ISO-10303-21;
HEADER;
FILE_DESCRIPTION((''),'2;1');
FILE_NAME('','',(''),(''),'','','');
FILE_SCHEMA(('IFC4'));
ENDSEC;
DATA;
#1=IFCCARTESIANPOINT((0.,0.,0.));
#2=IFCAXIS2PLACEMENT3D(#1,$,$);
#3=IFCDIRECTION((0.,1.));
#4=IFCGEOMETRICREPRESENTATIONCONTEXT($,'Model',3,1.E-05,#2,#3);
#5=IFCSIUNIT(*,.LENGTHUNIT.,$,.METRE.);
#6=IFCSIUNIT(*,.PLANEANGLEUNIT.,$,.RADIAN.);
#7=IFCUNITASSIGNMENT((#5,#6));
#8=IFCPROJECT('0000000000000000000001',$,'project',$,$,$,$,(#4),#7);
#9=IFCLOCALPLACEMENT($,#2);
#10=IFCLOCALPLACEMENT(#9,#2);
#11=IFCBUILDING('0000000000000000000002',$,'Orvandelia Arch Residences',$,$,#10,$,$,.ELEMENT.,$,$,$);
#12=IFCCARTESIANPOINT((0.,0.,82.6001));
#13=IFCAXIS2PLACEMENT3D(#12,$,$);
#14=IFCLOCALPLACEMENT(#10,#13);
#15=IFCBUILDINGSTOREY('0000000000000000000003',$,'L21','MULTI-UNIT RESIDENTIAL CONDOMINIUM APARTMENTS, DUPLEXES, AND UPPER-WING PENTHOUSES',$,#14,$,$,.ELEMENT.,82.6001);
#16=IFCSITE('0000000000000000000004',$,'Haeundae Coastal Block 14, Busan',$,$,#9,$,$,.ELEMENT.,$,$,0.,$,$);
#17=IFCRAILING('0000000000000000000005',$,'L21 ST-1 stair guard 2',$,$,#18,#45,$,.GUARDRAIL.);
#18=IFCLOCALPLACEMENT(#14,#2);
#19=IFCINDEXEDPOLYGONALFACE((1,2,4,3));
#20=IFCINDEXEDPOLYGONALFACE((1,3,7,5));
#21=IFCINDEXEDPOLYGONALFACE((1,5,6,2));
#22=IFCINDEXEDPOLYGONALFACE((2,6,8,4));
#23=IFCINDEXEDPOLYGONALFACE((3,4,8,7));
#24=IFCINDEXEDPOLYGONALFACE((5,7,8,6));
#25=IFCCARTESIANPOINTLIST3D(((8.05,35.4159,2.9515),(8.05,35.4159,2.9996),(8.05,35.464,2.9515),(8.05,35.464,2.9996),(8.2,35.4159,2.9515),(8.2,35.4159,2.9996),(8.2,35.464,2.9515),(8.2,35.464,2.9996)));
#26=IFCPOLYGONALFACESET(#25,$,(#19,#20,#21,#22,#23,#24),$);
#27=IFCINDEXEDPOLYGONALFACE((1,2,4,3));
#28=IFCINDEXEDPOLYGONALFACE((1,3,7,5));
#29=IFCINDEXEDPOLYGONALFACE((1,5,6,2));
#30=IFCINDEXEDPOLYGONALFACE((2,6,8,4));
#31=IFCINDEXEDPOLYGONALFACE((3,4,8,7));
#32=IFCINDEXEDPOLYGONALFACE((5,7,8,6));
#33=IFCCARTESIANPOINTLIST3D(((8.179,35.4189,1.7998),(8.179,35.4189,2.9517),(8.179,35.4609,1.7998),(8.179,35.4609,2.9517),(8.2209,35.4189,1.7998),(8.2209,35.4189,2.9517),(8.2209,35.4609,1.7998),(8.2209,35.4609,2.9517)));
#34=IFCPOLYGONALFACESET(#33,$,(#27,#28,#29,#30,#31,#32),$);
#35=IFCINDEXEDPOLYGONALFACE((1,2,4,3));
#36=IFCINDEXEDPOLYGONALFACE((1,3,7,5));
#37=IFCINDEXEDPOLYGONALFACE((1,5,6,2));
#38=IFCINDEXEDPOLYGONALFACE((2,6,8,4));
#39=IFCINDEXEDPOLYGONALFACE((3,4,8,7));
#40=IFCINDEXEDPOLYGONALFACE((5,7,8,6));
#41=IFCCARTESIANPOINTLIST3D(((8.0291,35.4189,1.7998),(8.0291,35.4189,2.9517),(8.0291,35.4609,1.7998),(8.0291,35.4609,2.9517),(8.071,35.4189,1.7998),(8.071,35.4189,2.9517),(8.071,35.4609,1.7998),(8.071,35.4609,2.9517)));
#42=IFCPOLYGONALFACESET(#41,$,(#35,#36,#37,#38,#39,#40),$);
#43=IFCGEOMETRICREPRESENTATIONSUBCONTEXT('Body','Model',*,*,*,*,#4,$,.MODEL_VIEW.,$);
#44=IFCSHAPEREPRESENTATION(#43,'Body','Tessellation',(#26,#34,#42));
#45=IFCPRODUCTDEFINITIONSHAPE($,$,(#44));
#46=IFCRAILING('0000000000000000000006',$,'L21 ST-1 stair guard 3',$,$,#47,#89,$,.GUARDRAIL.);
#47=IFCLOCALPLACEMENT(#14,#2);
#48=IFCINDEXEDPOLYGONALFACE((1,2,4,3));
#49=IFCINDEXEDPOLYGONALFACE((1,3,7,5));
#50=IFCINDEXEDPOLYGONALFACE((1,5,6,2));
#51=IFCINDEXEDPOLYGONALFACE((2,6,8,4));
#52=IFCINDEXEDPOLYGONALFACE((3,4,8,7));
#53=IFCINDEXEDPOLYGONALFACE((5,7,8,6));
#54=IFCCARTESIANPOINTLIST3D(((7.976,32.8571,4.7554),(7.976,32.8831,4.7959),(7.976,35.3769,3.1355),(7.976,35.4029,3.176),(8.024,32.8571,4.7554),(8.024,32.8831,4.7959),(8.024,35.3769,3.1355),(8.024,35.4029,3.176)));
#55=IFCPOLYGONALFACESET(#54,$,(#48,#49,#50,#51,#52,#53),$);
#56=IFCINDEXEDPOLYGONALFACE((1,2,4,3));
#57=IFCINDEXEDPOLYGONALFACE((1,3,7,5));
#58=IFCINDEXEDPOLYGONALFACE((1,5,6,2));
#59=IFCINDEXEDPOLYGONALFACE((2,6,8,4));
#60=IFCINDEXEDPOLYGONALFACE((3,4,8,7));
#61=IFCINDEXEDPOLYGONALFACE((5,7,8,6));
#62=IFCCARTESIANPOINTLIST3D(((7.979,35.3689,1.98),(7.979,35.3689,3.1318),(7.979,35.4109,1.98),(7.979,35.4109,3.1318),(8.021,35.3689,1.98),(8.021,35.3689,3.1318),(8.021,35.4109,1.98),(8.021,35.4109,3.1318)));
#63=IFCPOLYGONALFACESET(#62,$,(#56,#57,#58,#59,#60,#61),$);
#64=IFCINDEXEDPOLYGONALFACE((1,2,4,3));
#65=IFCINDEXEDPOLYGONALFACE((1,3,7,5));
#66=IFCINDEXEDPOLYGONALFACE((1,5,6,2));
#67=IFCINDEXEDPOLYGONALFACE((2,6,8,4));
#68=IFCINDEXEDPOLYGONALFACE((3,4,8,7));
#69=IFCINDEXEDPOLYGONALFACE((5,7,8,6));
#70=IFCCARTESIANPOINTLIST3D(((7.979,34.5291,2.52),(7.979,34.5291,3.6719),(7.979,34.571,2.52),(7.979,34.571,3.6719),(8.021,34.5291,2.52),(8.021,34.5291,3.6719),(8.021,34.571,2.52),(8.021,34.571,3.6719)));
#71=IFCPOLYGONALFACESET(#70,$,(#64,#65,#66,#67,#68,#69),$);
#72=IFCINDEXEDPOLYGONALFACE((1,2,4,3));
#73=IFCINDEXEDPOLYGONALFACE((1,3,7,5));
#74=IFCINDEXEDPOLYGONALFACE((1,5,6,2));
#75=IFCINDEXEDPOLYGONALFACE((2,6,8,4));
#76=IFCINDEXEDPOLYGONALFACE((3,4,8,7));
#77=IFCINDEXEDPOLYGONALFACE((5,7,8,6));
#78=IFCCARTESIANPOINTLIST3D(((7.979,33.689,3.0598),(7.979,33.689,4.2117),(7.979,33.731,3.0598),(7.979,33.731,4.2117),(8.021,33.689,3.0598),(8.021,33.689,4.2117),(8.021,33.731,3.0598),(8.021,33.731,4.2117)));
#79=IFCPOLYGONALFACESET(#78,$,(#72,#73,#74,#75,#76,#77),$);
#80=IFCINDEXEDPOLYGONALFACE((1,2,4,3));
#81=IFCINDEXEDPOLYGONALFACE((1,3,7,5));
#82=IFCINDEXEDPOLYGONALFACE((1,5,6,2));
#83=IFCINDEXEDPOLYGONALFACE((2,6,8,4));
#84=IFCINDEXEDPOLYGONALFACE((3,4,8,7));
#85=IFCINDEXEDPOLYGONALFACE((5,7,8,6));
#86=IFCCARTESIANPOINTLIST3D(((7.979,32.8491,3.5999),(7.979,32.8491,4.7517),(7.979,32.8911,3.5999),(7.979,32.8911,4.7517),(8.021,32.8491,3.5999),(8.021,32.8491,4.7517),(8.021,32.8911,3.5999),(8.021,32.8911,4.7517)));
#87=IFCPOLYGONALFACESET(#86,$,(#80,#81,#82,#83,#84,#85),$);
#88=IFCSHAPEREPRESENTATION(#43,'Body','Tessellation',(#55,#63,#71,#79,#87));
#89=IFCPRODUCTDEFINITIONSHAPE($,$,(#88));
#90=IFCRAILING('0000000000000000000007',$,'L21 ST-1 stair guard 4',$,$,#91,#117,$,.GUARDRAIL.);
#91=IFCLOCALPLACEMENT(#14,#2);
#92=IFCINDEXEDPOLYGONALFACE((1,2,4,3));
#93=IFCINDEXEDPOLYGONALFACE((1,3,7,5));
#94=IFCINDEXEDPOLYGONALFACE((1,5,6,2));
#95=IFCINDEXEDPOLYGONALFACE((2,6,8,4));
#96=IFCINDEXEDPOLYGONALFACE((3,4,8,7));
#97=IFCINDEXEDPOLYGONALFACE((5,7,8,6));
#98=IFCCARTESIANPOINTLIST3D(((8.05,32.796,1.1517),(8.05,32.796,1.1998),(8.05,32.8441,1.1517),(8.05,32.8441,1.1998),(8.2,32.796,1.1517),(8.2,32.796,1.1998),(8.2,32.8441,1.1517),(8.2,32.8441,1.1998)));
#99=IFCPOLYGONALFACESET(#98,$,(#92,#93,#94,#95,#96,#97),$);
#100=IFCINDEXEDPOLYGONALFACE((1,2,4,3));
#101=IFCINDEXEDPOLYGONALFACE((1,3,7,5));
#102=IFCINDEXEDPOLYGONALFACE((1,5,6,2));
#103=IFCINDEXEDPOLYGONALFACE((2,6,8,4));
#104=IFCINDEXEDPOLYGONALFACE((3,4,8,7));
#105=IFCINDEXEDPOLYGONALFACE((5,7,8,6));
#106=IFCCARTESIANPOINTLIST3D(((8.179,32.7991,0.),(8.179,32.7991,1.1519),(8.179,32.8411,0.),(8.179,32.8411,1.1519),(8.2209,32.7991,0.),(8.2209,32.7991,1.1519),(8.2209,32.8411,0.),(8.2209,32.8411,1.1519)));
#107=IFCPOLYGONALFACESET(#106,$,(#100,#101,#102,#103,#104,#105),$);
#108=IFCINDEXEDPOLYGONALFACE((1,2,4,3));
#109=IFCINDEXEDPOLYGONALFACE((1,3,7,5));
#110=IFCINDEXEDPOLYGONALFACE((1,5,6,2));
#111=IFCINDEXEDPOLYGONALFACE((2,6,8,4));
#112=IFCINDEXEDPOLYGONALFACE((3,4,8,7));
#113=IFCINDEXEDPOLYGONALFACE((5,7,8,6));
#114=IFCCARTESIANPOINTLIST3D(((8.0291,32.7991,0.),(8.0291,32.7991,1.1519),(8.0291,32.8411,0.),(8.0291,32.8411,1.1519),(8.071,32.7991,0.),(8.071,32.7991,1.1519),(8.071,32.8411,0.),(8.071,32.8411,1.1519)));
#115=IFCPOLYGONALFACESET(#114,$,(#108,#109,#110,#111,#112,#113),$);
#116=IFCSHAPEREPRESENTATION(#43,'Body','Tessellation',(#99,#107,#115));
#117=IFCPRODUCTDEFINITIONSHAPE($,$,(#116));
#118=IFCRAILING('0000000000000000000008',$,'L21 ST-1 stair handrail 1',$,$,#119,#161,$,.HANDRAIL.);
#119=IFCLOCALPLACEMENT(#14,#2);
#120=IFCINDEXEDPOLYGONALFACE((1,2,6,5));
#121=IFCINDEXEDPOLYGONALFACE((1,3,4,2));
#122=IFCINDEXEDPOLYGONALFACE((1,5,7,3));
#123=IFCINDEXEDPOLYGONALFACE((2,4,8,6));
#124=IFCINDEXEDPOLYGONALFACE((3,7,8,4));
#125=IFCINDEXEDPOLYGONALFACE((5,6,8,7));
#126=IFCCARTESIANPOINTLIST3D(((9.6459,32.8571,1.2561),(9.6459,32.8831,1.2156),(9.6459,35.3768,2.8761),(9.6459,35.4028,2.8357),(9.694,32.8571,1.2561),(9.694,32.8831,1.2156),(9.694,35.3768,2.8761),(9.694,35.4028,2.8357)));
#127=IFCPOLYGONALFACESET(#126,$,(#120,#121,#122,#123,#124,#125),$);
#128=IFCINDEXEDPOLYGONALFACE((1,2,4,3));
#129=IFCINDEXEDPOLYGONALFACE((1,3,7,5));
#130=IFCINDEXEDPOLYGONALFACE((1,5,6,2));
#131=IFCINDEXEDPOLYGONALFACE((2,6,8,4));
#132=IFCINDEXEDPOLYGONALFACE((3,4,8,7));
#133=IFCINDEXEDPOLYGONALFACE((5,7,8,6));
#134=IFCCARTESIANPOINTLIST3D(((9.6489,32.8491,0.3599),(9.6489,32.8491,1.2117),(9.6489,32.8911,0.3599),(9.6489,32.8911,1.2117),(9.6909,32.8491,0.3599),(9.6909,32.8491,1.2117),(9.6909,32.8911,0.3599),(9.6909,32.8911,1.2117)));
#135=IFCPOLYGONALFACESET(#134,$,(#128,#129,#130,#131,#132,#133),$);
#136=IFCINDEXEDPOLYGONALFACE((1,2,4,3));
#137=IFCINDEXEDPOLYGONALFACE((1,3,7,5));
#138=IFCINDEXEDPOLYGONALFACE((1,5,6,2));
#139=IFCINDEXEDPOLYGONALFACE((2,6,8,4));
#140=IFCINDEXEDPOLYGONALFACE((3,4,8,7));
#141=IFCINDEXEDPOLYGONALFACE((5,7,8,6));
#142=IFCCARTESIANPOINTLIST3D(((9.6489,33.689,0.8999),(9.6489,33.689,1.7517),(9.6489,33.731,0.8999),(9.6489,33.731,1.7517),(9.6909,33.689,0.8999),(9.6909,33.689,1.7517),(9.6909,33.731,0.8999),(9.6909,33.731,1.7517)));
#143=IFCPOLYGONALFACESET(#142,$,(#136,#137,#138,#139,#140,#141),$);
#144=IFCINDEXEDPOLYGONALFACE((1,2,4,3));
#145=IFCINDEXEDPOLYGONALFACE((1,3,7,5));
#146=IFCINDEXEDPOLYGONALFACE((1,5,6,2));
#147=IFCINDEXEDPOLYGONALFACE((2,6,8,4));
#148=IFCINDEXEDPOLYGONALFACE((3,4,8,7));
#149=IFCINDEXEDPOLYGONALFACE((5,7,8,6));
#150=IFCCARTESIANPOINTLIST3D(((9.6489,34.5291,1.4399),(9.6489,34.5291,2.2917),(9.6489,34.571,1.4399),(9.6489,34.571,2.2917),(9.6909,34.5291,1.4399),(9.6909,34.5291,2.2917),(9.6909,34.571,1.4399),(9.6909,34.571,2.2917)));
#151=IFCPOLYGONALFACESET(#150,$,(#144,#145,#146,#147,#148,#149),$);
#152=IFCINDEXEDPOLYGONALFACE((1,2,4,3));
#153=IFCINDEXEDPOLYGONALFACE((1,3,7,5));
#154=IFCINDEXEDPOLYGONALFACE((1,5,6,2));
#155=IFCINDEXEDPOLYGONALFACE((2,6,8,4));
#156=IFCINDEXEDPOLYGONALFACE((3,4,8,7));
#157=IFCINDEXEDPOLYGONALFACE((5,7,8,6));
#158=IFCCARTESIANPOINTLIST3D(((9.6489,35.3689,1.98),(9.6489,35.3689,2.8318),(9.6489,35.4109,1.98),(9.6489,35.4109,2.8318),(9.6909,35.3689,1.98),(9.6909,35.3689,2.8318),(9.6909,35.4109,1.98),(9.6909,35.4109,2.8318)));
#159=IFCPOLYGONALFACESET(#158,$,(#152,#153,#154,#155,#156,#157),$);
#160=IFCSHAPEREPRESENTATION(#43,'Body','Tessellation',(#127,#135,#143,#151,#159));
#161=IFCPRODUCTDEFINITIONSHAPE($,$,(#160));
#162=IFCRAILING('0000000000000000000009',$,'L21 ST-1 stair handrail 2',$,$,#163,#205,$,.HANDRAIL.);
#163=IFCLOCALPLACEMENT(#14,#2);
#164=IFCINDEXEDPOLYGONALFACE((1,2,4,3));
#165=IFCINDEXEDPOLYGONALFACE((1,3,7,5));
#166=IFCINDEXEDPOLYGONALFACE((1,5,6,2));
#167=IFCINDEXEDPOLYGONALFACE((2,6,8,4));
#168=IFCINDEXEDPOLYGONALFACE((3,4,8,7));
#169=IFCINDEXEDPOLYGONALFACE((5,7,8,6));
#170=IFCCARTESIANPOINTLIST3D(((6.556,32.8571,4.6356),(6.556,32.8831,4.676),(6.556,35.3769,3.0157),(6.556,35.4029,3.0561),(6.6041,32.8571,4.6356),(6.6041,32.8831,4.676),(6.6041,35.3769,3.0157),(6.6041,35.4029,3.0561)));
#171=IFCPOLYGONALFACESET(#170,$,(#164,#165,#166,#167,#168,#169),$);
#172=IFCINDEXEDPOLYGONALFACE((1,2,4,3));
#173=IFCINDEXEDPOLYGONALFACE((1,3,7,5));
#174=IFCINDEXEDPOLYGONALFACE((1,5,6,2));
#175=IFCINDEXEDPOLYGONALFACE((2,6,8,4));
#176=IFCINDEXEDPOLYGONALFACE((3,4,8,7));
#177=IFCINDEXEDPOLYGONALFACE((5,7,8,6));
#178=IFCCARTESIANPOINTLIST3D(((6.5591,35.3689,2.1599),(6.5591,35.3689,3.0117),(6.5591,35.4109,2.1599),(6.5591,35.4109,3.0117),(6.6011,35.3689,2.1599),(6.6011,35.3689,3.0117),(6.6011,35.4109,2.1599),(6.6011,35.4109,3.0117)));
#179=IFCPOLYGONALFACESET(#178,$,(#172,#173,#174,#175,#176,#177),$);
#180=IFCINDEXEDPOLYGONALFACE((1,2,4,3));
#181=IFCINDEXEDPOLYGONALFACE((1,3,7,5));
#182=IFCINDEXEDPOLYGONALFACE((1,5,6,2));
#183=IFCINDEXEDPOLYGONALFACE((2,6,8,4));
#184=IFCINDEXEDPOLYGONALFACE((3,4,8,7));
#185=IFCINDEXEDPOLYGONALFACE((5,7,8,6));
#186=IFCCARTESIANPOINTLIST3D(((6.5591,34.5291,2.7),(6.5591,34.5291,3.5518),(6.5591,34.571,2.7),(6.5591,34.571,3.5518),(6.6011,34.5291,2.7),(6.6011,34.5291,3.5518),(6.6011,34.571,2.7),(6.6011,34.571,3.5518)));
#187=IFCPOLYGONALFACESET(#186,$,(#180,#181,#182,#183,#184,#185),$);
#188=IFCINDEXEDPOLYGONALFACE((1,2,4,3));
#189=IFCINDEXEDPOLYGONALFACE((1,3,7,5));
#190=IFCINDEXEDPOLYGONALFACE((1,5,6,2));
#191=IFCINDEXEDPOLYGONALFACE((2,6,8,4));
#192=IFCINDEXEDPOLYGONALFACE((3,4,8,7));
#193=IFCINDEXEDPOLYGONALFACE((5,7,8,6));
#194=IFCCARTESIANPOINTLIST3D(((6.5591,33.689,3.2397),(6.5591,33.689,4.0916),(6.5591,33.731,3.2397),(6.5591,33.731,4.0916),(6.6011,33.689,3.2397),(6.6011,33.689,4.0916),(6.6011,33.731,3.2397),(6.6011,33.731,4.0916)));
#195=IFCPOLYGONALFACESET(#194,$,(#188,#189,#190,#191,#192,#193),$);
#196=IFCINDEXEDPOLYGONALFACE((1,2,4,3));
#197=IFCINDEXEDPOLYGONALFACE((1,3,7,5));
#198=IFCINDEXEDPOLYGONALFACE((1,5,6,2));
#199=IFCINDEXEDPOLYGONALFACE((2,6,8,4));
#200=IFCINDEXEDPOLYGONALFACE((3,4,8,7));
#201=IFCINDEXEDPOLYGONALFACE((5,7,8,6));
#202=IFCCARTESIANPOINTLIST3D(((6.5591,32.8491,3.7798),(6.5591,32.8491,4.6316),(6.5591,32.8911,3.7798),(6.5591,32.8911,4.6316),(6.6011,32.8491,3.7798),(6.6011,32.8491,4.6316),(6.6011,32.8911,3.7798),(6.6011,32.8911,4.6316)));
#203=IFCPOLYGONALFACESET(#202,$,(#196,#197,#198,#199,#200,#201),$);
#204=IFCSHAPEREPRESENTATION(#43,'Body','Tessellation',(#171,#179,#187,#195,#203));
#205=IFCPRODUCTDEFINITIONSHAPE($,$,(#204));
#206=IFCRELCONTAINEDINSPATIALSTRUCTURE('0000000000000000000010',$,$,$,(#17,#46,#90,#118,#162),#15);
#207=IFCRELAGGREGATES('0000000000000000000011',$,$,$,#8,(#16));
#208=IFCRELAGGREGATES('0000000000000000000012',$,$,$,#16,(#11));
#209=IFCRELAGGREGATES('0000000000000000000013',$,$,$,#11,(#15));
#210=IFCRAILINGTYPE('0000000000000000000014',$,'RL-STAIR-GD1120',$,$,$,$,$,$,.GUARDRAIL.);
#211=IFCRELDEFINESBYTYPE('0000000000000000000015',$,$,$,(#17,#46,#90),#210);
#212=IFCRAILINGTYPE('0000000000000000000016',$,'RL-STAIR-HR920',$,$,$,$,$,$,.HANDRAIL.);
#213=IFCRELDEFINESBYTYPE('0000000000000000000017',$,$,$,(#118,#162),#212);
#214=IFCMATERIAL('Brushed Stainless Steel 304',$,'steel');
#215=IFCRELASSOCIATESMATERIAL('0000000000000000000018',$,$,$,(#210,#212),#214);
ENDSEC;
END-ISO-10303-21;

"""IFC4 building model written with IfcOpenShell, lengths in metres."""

from ifc_helpers import new_model, si_unit, direction, frame, origin, origin_2d, place, context, subcontext, project, spatial, rectangle, extrude, material, type_object, element, save


model = new_model("IFC4")

# Units and contexts
model_context = context("Model", 3, precision=1e-05, world=origin(), true_north=direction((0.0, 1.0)))
body_context = subcontext(model_context, "Body", "Model", "MODEL_VIEW")
ifc_project = project(units=[si_unit("LENGTHUNIT", "METRE"), si_unit("PLANEANGLEUNIT", "RADIAN")], contexts=[model_context])

# Site, building, storey
site_placement = place(None, origin())
site = spatial("IfcSite", under=ifc_project, at=site_placement, Name="Haeundae Coastal Block 14, Busan", CompositionType="ELEMENT", RefElevation=0.0)
building_placement = place(site_placement, origin())
building = spatial("IfcBuilding", under=site, at=building_placement, Name="Orvandelia Arch Residences", CompositionType="ELEMENT")
storey_placement = place(building_placement, frame((0.0, 0.0, 82.6001)))
storey = spatial("IfcBuildingStorey", under=building, at=storey_placement, Name="L21", Description="MULTI-UNIT RESIDENTIAL CONDOMINIUM APARTMENTS, DUPLEXES, AND UPPER-WING PENTHOUSES", CompositionType="ELEMENT", Elevation=82.6001)

# Railings
ifc_material_1 = material(Name="Brushed Stainless Steel 304", Category="steel")
railing_type_1 = type_object("IfcRailingType", Name="RL-STAIR-GD1120", PredefinedType="GUARDRAIL", material=ifc_material_1)
railing_1_placement = place(storey_placement, frame((8.2, 35.4399, 1.7998)))
element("IfcRailing", 1, at=railing_1_placement, inside=storey, type_object=railing_type_1, Name="L21 ST-1 stair guard 2", PredefinedType="GUARDRAIL", context=body_context, shape_type="SweptSolid", body=[
    extrude(rectangle(XDim=0.0481, YDim=0.0481, at=origin_2d()), frame((0.0, 0.0, 1.1758), z_axis=(-1.0, 0.0, 0.0), x_axis=(0.0, -1.0, 0.0)), (0.0, 0.0, 1.0), 0.1499),
    extrude(rectangle(XDim=0.042, YDim=0.042, at=origin_2d()), origin(), (0.0, 0.0, 1.0), 1.1519),
    extrude(rectangle(XDim=0.042, YDim=0.042, at=origin_2d()), frame((-0.1499, 0.0, 0.0)), (0.0, 0.0, 1.0), 1.1519),
])
railing_2_placement = place(storey_placement, frame((8.0, 35.3899, 1.98)))
element("IfcRailing", 2, at=railing_2_placement, inside=storey, type_object=railing_type_1, Name="L21 ST-1 stair guard 3", PredefinedType="GUARDRAIL", context=body_context, shape_type="SweptSolid", body=[
    extrude(rectangle(XDim=0.0481, YDim=0.0481, at=origin_2d()), frame((0.0, 0.0, 1.1758), z_axis=(0.0, -0.841176, 0.540762), x_axis=(1.0, 0.0, 0.0)), (0.0, 0.0, 1.0), 2.9956),
    extrude(rectangle(XDim=0.042, YDim=0.042, at=origin_2d()), origin(), (0.0, 0.0, 1.0), 1.1519),
    extrude(rectangle(XDim=0.042, YDim=0.042, at=origin_2d()), frame((0.0, -0.8398, 0.54)), (0.0, 0.0, 1.0), 1.1519),
    extrude(rectangle(XDim=0.042, YDim=0.042, at=origin_2d()), frame((0.0, -1.6799, 1.0798)), (0.0, 0.0, 1.0), 1.1519),
    extrude(rectangle(XDim=0.042, YDim=0.042, at=origin_2d()), frame((0.0, -2.5198, 1.6199)), (0.0, 0.0, 1.0), 1.1519),
])
railing_3_placement = place(storey_placement, frame((8.2, 32.8201, 0.0)))
element("IfcRailing", 3, at=railing_3_placement, inside=storey, type_object=railing_type_1, Name="L21 ST-1 stair guard 4", PredefinedType="GUARDRAIL", context=body_context, shape_type="SweptSolid", body=[
    extrude(rectangle(XDim=0.0481, YDim=0.0481, at=origin_2d()), frame((0.0, 0.0, 1.1758), z_axis=(-1.0, 0.0, 0.0), x_axis=(0.0, -1.0, 0.0)), (0.0, 0.0, 1.0), 0.1499),
    extrude(rectangle(XDim=0.042, YDim=0.042, at=origin_2d()), origin(), (0.0, 0.0, 1.0), 1.1519),
    extrude(rectangle(XDim=0.042, YDim=0.042, at=origin_2d()), frame((-0.1499, 0.0, 0.0)), (0.0, 0.0, 1.0), 1.1519),
])
railing_type_2 = type_object("IfcRailingType", Name="RL-STAIR-HR920", PredefinedType="HANDRAIL", material=ifc_material_1)
railing_4_placement = place(storey_placement, frame((9.6699, 32.8701, 0.3599)))
element("IfcRailing", 4, at=railing_4_placement, inside=storey, type_object=railing_type_2, Name="L21 ST-1 stair handrail 1", PredefinedType="HANDRAIL", context=body_context, shape_type="SweptSolid", body=[
    extrude(rectangle(XDim=0.0481, YDim=0.0481, at=origin_2d()), frame((0.0, 0.0, 0.876), z_axis=(0.0, 0.841139, 0.540819), x_axis=(-1.0, 0.0, 0.0)), (0.0, 0.0, 1.0), 2.9956),
    extrude(rectangle(XDim=0.042, YDim=0.042, at=origin_2d()), origin(), (0.0, 0.0, 1.0), 0.8518),
    extrude(rectangle(XDim=0.042, YDim=0.042, at=origin_2d()), frame((0.0, 0.8398, 0.54)), (0.0, 0.0, 1.0), 0.8518),
    extrude(rectangle(XDim=0.042, YDim=0.042, at=origin_2d()), frame((0.0, 1.6799, 1.0801)), (0.0, 0.0, 1.0), 0.8518),
    extrude(rectangle(XDim=0.042, YDim=0.042, at=origin_2d()), frame((0.0, 2.5198, 1.6201)), (0.0, 0.0, 1.0), 0.8518),
])
railing_5_placement = place(storey_placement, frame((6.5801, 35.3899, 2.1599)))
element("IfcRailing", 5, at=railing_5_placement, inside=storey, type_object=railing_type_2, Name="L21 ST-1 stair handrail 2", PredefinedType="HANDRAIL", context=body_context, shape_type="SweptSolid", body=[
    extrude(rectangle(XDim=0.0481, YDim=0.0481, at=origin_2d()), frame((0.0, 0.0, 0.876), z_axis=(0.0, -0.841176, 0.540762), x_axis=(1.0, 0.0, 0.0)), (0.0, 0.0, 1.0), 2.9956),
    extrude(rectangle(XDim=0.042, YDim=0.042, at=origin_2d()), origin(), (0.0, 0.0, 1.0), 0.8518),
    extrude(rectangle(XDim=0.042, YDim=0.042, at=origin_2d()), frame((0.0, -0.8398, 0.54)), (0.0, 0.0, 1.0), 0.8518),
    extrude(rectangle(XDim=0.042, YDim=0.042, at=origin_2d()), frame((0.0, -1.6799, 1.0798)), (0.0, 0.0, 1.0), 0.8518),
    extrude(rectangle(XDim=0.042, YDim=0.042, at=origin_2d()), frame((0.0, -2.5198, 1.6199)), (0.0, 0.0, 1.0), 0.8518),
])

save(model, "model.ifc")
